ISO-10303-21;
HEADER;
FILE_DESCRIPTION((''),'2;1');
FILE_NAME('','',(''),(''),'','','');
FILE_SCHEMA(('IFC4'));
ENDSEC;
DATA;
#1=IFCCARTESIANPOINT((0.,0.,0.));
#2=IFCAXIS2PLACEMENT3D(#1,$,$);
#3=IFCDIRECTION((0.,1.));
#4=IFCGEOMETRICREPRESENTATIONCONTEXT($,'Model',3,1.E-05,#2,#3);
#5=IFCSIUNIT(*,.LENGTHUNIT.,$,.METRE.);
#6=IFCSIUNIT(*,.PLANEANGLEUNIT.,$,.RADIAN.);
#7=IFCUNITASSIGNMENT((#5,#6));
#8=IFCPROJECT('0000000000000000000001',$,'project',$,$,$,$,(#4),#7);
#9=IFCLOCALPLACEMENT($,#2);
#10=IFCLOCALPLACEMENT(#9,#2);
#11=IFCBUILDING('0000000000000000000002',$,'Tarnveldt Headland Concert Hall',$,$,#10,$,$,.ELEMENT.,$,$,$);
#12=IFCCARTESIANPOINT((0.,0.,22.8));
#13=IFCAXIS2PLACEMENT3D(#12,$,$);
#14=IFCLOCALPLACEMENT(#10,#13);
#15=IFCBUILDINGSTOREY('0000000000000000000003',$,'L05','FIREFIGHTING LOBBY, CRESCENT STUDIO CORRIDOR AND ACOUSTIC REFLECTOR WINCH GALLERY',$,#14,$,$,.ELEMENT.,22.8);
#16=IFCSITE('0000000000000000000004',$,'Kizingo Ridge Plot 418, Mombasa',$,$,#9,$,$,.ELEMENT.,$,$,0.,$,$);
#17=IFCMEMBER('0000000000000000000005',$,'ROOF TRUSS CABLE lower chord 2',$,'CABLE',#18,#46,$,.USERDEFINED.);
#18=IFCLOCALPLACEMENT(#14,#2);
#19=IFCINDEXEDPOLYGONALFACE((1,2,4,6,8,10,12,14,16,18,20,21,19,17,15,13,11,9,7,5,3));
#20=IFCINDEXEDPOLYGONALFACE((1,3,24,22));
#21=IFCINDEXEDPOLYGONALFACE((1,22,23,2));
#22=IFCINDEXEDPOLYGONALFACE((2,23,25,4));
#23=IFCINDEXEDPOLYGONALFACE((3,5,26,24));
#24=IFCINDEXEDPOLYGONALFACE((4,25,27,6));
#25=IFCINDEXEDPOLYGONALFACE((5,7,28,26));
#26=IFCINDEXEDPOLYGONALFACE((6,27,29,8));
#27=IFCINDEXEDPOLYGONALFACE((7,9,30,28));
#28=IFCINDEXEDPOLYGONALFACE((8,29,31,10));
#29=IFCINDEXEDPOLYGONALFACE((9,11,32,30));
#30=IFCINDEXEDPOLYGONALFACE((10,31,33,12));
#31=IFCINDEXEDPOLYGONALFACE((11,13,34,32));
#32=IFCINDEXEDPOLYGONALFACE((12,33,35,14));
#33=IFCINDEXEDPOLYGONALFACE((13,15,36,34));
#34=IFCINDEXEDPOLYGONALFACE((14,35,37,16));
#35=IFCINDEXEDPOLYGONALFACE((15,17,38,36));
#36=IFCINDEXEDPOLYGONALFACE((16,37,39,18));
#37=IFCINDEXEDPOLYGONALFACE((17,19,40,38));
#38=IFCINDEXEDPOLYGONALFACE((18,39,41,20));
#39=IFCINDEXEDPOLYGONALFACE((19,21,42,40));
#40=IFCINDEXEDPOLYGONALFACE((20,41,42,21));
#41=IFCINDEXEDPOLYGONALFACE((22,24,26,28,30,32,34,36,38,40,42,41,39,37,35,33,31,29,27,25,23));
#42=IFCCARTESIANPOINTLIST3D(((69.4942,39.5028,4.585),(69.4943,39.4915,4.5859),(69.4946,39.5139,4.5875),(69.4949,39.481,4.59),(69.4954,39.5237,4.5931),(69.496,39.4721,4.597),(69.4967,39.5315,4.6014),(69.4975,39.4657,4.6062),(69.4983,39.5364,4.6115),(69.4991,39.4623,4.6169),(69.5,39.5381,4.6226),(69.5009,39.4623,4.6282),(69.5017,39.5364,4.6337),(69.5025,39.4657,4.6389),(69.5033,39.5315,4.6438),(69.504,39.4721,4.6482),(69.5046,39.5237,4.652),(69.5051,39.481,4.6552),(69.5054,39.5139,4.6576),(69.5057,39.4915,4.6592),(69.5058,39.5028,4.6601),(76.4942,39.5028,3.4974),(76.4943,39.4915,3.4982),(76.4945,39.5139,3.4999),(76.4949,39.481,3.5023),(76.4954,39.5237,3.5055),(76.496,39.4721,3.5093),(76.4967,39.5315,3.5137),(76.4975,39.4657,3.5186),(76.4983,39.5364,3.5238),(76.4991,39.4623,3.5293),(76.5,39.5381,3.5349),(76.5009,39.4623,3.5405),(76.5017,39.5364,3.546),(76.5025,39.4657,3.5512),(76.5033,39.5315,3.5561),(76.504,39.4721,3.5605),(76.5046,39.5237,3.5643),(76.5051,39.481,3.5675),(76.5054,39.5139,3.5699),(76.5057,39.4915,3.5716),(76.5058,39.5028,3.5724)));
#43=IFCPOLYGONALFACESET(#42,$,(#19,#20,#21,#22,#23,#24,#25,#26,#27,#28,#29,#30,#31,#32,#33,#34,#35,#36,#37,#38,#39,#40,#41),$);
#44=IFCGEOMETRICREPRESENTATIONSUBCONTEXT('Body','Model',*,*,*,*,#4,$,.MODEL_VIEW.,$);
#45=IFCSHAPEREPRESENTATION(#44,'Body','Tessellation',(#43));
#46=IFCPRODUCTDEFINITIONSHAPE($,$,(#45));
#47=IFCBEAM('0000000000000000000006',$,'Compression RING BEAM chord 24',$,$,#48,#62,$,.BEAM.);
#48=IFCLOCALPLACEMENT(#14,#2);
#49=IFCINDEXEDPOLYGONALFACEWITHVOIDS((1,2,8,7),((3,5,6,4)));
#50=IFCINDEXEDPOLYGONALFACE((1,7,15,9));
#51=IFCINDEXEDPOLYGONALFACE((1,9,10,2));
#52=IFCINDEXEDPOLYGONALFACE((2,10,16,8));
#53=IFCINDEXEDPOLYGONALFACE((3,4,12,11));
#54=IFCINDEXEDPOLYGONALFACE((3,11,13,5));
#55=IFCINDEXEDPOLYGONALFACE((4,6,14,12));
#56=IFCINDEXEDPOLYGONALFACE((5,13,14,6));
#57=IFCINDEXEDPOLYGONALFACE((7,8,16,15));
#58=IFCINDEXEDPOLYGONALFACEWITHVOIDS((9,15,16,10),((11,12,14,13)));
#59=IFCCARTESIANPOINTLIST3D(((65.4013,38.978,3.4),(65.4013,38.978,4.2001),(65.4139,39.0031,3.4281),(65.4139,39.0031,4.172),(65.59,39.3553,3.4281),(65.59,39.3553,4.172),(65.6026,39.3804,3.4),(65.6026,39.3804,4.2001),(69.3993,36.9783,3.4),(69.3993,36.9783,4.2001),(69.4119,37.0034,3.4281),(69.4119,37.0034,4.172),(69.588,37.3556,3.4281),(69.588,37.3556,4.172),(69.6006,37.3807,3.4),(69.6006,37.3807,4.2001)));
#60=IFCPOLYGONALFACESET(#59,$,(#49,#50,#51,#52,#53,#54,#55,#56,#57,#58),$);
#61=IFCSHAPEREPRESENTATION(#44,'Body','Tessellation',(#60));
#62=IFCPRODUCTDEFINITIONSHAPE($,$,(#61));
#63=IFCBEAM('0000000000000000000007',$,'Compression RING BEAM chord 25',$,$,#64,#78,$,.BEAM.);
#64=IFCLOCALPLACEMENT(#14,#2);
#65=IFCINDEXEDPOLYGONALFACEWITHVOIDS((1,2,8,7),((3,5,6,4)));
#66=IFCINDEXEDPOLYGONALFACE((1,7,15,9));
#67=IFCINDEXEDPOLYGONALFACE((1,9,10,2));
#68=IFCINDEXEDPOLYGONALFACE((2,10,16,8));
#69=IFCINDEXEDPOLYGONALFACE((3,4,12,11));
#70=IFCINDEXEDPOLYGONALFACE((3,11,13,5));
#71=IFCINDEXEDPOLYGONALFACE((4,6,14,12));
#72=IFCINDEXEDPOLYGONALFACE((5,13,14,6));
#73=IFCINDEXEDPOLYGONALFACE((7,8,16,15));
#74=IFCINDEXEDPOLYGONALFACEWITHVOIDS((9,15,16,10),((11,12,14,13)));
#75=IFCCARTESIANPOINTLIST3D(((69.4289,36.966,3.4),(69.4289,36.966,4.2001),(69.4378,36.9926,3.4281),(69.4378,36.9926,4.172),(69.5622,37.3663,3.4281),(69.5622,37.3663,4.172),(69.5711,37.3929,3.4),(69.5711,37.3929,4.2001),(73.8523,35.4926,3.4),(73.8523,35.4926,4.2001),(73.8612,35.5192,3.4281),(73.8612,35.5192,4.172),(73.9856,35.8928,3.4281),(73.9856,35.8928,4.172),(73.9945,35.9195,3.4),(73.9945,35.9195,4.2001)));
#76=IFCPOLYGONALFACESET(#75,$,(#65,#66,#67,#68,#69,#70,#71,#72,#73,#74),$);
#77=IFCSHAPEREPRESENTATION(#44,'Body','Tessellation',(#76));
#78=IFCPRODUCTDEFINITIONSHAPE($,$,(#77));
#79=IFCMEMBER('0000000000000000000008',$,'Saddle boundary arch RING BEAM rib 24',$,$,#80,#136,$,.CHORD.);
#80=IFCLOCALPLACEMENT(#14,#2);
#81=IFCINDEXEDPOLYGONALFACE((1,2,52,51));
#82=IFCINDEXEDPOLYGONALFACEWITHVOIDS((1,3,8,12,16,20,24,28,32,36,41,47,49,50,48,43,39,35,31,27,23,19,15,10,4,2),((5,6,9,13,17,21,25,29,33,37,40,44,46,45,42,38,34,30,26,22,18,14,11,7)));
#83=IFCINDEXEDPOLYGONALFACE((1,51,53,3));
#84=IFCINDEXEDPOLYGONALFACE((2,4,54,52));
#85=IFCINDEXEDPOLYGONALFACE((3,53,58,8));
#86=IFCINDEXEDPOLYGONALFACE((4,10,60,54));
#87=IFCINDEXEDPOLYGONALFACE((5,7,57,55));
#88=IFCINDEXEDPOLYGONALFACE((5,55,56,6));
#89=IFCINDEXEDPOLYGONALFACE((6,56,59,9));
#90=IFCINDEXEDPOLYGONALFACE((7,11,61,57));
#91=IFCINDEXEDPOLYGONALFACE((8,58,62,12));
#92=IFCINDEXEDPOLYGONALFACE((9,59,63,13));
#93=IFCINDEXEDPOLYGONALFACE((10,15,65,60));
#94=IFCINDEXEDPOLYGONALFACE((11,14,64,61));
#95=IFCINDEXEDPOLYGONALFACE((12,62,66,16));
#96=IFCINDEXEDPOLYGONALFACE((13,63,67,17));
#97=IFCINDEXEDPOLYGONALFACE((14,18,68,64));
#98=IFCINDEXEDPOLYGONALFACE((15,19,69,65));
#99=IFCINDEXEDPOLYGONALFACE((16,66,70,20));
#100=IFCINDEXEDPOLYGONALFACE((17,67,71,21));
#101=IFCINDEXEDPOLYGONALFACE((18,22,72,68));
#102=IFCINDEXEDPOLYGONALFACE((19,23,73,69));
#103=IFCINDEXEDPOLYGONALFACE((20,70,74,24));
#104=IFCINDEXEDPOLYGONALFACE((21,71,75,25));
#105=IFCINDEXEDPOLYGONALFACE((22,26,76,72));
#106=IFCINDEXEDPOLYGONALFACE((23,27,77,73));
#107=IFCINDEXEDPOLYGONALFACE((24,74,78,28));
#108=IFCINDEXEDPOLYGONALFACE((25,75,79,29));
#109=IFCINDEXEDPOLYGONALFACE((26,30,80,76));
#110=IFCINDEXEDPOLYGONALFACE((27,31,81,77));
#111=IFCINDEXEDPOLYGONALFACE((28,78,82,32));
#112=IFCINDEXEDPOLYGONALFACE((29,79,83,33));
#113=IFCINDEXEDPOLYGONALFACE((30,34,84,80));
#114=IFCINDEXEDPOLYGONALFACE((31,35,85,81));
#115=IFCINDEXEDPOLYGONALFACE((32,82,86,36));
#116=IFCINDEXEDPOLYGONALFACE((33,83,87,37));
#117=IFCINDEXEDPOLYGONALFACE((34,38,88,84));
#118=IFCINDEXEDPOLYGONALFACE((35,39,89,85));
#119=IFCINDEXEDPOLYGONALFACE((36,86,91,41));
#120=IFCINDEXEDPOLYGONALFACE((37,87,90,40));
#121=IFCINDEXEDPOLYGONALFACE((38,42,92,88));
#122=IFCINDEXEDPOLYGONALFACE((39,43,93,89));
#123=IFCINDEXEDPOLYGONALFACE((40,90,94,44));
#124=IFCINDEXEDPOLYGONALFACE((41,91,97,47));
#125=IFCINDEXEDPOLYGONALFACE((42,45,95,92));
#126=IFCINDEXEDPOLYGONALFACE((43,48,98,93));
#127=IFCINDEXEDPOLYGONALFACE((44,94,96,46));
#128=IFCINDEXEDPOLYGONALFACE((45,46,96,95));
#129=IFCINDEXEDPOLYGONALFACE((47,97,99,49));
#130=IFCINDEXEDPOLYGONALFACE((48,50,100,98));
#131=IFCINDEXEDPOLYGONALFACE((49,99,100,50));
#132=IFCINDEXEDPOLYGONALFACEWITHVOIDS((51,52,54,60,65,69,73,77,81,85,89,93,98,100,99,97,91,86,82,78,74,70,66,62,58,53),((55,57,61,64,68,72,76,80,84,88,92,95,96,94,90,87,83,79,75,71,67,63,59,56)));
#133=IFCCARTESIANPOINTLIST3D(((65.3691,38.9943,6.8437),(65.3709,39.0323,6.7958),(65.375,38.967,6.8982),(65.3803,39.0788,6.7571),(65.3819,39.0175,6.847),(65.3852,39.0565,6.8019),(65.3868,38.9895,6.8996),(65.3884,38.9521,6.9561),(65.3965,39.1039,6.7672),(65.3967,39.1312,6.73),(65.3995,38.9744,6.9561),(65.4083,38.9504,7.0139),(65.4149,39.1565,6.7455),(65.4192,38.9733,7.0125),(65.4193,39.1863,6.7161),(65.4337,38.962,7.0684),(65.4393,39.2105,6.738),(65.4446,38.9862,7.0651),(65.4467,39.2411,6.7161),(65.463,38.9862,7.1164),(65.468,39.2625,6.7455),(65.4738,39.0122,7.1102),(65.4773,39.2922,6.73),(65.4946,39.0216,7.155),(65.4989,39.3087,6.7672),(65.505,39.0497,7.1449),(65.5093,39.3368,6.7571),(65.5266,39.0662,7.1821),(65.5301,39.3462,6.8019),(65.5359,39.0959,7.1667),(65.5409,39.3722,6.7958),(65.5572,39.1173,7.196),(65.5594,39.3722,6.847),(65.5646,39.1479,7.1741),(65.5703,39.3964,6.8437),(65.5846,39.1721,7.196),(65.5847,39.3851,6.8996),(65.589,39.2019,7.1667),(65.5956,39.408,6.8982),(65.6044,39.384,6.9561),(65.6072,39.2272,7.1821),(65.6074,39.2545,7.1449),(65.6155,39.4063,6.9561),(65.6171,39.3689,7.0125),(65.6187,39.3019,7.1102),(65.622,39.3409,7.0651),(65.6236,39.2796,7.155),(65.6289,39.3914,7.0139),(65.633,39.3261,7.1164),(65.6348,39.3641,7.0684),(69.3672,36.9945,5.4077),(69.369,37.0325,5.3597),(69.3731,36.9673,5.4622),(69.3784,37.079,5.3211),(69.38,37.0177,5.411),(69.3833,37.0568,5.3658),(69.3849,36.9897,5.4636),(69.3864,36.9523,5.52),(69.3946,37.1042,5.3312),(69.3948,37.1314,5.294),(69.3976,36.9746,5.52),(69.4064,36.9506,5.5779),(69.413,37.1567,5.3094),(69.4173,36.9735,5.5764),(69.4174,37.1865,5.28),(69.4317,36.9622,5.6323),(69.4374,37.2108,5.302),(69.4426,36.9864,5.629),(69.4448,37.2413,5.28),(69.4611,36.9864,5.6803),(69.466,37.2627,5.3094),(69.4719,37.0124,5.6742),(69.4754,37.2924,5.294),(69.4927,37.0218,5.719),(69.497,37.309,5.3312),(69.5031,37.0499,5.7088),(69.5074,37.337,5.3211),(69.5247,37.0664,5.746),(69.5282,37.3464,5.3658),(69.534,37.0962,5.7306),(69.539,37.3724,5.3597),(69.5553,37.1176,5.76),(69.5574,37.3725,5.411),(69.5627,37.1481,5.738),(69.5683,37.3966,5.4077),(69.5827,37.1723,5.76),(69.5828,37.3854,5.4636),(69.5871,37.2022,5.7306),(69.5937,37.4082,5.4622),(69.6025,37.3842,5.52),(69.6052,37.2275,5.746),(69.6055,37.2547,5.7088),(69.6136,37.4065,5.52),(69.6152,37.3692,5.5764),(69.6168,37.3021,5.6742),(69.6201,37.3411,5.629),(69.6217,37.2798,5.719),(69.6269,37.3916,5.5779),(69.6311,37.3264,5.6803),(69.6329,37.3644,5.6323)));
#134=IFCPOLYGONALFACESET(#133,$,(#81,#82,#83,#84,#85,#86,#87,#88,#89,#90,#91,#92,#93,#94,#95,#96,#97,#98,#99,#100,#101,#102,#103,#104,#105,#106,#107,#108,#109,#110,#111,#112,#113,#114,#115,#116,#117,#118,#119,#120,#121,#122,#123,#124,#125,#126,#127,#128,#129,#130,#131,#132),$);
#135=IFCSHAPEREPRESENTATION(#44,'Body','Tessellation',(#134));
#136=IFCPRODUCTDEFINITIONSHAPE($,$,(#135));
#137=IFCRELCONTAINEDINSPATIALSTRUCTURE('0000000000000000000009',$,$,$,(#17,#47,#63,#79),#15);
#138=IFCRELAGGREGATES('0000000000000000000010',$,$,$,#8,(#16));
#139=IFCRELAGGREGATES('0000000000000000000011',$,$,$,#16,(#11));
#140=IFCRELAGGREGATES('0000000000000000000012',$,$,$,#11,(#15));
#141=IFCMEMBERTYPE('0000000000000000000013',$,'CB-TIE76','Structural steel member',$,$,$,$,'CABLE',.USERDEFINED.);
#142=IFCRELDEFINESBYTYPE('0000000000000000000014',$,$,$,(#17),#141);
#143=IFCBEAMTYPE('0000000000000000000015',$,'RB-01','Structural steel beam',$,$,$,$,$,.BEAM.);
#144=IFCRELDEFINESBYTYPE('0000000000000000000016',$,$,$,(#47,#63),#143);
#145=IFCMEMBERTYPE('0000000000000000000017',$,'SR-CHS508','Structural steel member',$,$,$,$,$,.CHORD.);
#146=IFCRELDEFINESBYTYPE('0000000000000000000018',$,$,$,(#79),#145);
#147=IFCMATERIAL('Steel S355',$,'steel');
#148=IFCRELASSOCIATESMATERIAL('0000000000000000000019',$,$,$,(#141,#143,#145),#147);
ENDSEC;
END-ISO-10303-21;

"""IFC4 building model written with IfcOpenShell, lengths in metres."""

from ifc_helpers import new_model, si_unit, direction, frame, origin, origin_2d, place, context, subcontext, project, spatial, hollow_rectangle, circle, hollow_circle, extrude, material, material_profile, profile_set, type_object, element, save


model = new_model("IFC4")

# Units and contexts
model_context = context("Model", 3, precision=1e-05, world=origin(), true_north=direction((0.0, 1.0)))
body_context = subcontext(model_context, "Body", "Model", "MODEL_VIEW")
ifc_project = project(units=[si_unit("LENGTHUNIT", "METRE"), si_unit("PLANEANGLEUNIT", "RADIAN")], contexts=[model_context])

# Site, building, storey
site_placement = place(None, origin())
site = spatial("IfcSite", under=ifc_project, at=site_placement, Name="Kizingo Ridge Plot 418, Mombasa", CompositionType="ELEMENT", RefElevation=0.0)
building_placement = place(site_placement, origin())
building = spatial("IfcBuilding", under=site, at=building_placement, Name="Tarnveldt Headland Concert Hall", CompositionType="ELEMENT")
storey_placement = place(building_placement, frame((0.0, 0.0, 22.8)))
storey = spatial("IfcBuildingStorey", under=building, at=storey_placement, Name="L05", Description="FIREFIGHTING LOBBY, CRESCENT STUDIO CORRIDOR AND ACOUSTIC REFLECTOR WINCH GALLERY", CompositionType="ELEMENT", Elevation=22.8)

# Member
ifc_material_1 = material(Name="Steel S355", Category="steel")
ifc_material_profile_1 = material_profile(ifc_material_1, circle(Radius=0.0381, at=origin_2d()), Name="LC D76", Category="steel")
ifc_profile_set_1 = profile_set([ifc_material_profile_1], Name="Steel S355")
member_type_1 = type_object("IfcMemberType", Name="CB-TIE76", Description="Structural steel member", ElementType="CABLE", PredefinedType="USERDEFINED", material=ifc_profile_set_1)
member_1_placement = place(storey_placement, frame((69.5, 39.5, 4.6226), z_axis=(0.988143, 0.0, -0.153536), x_axis=(0.0, 1.0, 0.0)))
element("IfcMember", 1, at=member_1_placement, inside=storey, type_object=member_type_1, Name="ROOF TRUSS CABLE lower chord 2", ObjectType="CABLE", PredefinedType="USERDEFINED", context=body_context, shape_type="SweptSolid", body=[
    extrude(circle(Radius=0.0381, at=origin_2d()), origin(), (0.0, 0.0, 1.0), 7.084),
])

# Beams
ifc_material_profile_2 = material_profile(ifc_material_1, hollow_rectangle(XDim=0.45, YDim=0.8, WallThickness=0.0281, at=origin_2d()), Name="RHS 800x450x28", Category="steel")
ifc_profile_set_2 = profile_set([ifc_material_profile_2], Name="Steel S355")
beam_type = type_object("IfcBeamType", Name="RB-01", Description="Structural steel beam", PredefinedType="BEAM", material=ifc_profile_set_2)
beam_1_placement = place(storey_placement, frame((65.502, 39.1792, 3.8), z_axis=(0.894362, -0.447345, 0.0), x_axis=(0.447345, 0.894362, 0.0)))
element("IfcBeam", 2, at=beam_1_placement, inside=storey, type_object=beam_type, Name="Compression RING BEAM chord 24", PredefinedType="BEAM", context=body_context, shape_type="SweptSolid", body=[
    extrude(hollow_rectangle(XDim=0.45, YDim=0.8, WallThickness=0.0281, at=origin_2d()), origin(), (0.0, 0.0, 1.0), 4.4702),
])
beam_2_placement = place(storey_placement, frame((69.5, 37.1794, 3.8), z_axis=(0.948751, -0.316024, 0.0), x_axis=(0.316024, 0.948751, 0.0)))
element("IfcBeam", 3, at=beam_2_placement, inside=storey, type_object=beam_type, Name="Compression RING BEAM chord 25", PredefinedType="BEAM", context=body_context, shape_type="SweptSolid", body=[
    extrude(hollow_rectangle(XDim=0.45, YDim=0.8, WallThickness=0.0281, at=origin_2d()), origin(), (0.0, 0.0, 1.0), 4.6624),
])

# Member
ifc_material_profile_3 = material_profile(ifc_material_1, hollow_circle(Radius=0.2539, WallThickness=0.0249, at=origin_2d()), Name="CHS 508x25", Category="steel")
ifc_profile_set_3 = profile_set([ifc_material_profile_3], Name="Steel S355")
member_type_2 = type_object("IfcMemberType", Name="SR-CHS508", Description="Structural steel member", PredefinedType="CHORD", material=ifc_profile_set_3)
member_2_placement = place(storey_placement, frame((65.502, 39.1792, 6.9561), z_axis=(0.851504, -0.425908, -0.305847), x_axis=(0.447345, 0.894362, 0.0)))
element("IfcMember", 4, at=member_2_placement, inside=storey, type_object=member_type_2, Name="Saddle boundary arch RING BEAM rib 24", PredefinedType="CHORD", context=body_context, shape_type="SweptSolid", body=[
    extrude(hollow_circle(Radius=0.2539, WallThickness=0.0249, at=origin_2d()), origin(), (0.0, 0.0, 1.0), 4.6953),
])

save(model, "model.ifc")
